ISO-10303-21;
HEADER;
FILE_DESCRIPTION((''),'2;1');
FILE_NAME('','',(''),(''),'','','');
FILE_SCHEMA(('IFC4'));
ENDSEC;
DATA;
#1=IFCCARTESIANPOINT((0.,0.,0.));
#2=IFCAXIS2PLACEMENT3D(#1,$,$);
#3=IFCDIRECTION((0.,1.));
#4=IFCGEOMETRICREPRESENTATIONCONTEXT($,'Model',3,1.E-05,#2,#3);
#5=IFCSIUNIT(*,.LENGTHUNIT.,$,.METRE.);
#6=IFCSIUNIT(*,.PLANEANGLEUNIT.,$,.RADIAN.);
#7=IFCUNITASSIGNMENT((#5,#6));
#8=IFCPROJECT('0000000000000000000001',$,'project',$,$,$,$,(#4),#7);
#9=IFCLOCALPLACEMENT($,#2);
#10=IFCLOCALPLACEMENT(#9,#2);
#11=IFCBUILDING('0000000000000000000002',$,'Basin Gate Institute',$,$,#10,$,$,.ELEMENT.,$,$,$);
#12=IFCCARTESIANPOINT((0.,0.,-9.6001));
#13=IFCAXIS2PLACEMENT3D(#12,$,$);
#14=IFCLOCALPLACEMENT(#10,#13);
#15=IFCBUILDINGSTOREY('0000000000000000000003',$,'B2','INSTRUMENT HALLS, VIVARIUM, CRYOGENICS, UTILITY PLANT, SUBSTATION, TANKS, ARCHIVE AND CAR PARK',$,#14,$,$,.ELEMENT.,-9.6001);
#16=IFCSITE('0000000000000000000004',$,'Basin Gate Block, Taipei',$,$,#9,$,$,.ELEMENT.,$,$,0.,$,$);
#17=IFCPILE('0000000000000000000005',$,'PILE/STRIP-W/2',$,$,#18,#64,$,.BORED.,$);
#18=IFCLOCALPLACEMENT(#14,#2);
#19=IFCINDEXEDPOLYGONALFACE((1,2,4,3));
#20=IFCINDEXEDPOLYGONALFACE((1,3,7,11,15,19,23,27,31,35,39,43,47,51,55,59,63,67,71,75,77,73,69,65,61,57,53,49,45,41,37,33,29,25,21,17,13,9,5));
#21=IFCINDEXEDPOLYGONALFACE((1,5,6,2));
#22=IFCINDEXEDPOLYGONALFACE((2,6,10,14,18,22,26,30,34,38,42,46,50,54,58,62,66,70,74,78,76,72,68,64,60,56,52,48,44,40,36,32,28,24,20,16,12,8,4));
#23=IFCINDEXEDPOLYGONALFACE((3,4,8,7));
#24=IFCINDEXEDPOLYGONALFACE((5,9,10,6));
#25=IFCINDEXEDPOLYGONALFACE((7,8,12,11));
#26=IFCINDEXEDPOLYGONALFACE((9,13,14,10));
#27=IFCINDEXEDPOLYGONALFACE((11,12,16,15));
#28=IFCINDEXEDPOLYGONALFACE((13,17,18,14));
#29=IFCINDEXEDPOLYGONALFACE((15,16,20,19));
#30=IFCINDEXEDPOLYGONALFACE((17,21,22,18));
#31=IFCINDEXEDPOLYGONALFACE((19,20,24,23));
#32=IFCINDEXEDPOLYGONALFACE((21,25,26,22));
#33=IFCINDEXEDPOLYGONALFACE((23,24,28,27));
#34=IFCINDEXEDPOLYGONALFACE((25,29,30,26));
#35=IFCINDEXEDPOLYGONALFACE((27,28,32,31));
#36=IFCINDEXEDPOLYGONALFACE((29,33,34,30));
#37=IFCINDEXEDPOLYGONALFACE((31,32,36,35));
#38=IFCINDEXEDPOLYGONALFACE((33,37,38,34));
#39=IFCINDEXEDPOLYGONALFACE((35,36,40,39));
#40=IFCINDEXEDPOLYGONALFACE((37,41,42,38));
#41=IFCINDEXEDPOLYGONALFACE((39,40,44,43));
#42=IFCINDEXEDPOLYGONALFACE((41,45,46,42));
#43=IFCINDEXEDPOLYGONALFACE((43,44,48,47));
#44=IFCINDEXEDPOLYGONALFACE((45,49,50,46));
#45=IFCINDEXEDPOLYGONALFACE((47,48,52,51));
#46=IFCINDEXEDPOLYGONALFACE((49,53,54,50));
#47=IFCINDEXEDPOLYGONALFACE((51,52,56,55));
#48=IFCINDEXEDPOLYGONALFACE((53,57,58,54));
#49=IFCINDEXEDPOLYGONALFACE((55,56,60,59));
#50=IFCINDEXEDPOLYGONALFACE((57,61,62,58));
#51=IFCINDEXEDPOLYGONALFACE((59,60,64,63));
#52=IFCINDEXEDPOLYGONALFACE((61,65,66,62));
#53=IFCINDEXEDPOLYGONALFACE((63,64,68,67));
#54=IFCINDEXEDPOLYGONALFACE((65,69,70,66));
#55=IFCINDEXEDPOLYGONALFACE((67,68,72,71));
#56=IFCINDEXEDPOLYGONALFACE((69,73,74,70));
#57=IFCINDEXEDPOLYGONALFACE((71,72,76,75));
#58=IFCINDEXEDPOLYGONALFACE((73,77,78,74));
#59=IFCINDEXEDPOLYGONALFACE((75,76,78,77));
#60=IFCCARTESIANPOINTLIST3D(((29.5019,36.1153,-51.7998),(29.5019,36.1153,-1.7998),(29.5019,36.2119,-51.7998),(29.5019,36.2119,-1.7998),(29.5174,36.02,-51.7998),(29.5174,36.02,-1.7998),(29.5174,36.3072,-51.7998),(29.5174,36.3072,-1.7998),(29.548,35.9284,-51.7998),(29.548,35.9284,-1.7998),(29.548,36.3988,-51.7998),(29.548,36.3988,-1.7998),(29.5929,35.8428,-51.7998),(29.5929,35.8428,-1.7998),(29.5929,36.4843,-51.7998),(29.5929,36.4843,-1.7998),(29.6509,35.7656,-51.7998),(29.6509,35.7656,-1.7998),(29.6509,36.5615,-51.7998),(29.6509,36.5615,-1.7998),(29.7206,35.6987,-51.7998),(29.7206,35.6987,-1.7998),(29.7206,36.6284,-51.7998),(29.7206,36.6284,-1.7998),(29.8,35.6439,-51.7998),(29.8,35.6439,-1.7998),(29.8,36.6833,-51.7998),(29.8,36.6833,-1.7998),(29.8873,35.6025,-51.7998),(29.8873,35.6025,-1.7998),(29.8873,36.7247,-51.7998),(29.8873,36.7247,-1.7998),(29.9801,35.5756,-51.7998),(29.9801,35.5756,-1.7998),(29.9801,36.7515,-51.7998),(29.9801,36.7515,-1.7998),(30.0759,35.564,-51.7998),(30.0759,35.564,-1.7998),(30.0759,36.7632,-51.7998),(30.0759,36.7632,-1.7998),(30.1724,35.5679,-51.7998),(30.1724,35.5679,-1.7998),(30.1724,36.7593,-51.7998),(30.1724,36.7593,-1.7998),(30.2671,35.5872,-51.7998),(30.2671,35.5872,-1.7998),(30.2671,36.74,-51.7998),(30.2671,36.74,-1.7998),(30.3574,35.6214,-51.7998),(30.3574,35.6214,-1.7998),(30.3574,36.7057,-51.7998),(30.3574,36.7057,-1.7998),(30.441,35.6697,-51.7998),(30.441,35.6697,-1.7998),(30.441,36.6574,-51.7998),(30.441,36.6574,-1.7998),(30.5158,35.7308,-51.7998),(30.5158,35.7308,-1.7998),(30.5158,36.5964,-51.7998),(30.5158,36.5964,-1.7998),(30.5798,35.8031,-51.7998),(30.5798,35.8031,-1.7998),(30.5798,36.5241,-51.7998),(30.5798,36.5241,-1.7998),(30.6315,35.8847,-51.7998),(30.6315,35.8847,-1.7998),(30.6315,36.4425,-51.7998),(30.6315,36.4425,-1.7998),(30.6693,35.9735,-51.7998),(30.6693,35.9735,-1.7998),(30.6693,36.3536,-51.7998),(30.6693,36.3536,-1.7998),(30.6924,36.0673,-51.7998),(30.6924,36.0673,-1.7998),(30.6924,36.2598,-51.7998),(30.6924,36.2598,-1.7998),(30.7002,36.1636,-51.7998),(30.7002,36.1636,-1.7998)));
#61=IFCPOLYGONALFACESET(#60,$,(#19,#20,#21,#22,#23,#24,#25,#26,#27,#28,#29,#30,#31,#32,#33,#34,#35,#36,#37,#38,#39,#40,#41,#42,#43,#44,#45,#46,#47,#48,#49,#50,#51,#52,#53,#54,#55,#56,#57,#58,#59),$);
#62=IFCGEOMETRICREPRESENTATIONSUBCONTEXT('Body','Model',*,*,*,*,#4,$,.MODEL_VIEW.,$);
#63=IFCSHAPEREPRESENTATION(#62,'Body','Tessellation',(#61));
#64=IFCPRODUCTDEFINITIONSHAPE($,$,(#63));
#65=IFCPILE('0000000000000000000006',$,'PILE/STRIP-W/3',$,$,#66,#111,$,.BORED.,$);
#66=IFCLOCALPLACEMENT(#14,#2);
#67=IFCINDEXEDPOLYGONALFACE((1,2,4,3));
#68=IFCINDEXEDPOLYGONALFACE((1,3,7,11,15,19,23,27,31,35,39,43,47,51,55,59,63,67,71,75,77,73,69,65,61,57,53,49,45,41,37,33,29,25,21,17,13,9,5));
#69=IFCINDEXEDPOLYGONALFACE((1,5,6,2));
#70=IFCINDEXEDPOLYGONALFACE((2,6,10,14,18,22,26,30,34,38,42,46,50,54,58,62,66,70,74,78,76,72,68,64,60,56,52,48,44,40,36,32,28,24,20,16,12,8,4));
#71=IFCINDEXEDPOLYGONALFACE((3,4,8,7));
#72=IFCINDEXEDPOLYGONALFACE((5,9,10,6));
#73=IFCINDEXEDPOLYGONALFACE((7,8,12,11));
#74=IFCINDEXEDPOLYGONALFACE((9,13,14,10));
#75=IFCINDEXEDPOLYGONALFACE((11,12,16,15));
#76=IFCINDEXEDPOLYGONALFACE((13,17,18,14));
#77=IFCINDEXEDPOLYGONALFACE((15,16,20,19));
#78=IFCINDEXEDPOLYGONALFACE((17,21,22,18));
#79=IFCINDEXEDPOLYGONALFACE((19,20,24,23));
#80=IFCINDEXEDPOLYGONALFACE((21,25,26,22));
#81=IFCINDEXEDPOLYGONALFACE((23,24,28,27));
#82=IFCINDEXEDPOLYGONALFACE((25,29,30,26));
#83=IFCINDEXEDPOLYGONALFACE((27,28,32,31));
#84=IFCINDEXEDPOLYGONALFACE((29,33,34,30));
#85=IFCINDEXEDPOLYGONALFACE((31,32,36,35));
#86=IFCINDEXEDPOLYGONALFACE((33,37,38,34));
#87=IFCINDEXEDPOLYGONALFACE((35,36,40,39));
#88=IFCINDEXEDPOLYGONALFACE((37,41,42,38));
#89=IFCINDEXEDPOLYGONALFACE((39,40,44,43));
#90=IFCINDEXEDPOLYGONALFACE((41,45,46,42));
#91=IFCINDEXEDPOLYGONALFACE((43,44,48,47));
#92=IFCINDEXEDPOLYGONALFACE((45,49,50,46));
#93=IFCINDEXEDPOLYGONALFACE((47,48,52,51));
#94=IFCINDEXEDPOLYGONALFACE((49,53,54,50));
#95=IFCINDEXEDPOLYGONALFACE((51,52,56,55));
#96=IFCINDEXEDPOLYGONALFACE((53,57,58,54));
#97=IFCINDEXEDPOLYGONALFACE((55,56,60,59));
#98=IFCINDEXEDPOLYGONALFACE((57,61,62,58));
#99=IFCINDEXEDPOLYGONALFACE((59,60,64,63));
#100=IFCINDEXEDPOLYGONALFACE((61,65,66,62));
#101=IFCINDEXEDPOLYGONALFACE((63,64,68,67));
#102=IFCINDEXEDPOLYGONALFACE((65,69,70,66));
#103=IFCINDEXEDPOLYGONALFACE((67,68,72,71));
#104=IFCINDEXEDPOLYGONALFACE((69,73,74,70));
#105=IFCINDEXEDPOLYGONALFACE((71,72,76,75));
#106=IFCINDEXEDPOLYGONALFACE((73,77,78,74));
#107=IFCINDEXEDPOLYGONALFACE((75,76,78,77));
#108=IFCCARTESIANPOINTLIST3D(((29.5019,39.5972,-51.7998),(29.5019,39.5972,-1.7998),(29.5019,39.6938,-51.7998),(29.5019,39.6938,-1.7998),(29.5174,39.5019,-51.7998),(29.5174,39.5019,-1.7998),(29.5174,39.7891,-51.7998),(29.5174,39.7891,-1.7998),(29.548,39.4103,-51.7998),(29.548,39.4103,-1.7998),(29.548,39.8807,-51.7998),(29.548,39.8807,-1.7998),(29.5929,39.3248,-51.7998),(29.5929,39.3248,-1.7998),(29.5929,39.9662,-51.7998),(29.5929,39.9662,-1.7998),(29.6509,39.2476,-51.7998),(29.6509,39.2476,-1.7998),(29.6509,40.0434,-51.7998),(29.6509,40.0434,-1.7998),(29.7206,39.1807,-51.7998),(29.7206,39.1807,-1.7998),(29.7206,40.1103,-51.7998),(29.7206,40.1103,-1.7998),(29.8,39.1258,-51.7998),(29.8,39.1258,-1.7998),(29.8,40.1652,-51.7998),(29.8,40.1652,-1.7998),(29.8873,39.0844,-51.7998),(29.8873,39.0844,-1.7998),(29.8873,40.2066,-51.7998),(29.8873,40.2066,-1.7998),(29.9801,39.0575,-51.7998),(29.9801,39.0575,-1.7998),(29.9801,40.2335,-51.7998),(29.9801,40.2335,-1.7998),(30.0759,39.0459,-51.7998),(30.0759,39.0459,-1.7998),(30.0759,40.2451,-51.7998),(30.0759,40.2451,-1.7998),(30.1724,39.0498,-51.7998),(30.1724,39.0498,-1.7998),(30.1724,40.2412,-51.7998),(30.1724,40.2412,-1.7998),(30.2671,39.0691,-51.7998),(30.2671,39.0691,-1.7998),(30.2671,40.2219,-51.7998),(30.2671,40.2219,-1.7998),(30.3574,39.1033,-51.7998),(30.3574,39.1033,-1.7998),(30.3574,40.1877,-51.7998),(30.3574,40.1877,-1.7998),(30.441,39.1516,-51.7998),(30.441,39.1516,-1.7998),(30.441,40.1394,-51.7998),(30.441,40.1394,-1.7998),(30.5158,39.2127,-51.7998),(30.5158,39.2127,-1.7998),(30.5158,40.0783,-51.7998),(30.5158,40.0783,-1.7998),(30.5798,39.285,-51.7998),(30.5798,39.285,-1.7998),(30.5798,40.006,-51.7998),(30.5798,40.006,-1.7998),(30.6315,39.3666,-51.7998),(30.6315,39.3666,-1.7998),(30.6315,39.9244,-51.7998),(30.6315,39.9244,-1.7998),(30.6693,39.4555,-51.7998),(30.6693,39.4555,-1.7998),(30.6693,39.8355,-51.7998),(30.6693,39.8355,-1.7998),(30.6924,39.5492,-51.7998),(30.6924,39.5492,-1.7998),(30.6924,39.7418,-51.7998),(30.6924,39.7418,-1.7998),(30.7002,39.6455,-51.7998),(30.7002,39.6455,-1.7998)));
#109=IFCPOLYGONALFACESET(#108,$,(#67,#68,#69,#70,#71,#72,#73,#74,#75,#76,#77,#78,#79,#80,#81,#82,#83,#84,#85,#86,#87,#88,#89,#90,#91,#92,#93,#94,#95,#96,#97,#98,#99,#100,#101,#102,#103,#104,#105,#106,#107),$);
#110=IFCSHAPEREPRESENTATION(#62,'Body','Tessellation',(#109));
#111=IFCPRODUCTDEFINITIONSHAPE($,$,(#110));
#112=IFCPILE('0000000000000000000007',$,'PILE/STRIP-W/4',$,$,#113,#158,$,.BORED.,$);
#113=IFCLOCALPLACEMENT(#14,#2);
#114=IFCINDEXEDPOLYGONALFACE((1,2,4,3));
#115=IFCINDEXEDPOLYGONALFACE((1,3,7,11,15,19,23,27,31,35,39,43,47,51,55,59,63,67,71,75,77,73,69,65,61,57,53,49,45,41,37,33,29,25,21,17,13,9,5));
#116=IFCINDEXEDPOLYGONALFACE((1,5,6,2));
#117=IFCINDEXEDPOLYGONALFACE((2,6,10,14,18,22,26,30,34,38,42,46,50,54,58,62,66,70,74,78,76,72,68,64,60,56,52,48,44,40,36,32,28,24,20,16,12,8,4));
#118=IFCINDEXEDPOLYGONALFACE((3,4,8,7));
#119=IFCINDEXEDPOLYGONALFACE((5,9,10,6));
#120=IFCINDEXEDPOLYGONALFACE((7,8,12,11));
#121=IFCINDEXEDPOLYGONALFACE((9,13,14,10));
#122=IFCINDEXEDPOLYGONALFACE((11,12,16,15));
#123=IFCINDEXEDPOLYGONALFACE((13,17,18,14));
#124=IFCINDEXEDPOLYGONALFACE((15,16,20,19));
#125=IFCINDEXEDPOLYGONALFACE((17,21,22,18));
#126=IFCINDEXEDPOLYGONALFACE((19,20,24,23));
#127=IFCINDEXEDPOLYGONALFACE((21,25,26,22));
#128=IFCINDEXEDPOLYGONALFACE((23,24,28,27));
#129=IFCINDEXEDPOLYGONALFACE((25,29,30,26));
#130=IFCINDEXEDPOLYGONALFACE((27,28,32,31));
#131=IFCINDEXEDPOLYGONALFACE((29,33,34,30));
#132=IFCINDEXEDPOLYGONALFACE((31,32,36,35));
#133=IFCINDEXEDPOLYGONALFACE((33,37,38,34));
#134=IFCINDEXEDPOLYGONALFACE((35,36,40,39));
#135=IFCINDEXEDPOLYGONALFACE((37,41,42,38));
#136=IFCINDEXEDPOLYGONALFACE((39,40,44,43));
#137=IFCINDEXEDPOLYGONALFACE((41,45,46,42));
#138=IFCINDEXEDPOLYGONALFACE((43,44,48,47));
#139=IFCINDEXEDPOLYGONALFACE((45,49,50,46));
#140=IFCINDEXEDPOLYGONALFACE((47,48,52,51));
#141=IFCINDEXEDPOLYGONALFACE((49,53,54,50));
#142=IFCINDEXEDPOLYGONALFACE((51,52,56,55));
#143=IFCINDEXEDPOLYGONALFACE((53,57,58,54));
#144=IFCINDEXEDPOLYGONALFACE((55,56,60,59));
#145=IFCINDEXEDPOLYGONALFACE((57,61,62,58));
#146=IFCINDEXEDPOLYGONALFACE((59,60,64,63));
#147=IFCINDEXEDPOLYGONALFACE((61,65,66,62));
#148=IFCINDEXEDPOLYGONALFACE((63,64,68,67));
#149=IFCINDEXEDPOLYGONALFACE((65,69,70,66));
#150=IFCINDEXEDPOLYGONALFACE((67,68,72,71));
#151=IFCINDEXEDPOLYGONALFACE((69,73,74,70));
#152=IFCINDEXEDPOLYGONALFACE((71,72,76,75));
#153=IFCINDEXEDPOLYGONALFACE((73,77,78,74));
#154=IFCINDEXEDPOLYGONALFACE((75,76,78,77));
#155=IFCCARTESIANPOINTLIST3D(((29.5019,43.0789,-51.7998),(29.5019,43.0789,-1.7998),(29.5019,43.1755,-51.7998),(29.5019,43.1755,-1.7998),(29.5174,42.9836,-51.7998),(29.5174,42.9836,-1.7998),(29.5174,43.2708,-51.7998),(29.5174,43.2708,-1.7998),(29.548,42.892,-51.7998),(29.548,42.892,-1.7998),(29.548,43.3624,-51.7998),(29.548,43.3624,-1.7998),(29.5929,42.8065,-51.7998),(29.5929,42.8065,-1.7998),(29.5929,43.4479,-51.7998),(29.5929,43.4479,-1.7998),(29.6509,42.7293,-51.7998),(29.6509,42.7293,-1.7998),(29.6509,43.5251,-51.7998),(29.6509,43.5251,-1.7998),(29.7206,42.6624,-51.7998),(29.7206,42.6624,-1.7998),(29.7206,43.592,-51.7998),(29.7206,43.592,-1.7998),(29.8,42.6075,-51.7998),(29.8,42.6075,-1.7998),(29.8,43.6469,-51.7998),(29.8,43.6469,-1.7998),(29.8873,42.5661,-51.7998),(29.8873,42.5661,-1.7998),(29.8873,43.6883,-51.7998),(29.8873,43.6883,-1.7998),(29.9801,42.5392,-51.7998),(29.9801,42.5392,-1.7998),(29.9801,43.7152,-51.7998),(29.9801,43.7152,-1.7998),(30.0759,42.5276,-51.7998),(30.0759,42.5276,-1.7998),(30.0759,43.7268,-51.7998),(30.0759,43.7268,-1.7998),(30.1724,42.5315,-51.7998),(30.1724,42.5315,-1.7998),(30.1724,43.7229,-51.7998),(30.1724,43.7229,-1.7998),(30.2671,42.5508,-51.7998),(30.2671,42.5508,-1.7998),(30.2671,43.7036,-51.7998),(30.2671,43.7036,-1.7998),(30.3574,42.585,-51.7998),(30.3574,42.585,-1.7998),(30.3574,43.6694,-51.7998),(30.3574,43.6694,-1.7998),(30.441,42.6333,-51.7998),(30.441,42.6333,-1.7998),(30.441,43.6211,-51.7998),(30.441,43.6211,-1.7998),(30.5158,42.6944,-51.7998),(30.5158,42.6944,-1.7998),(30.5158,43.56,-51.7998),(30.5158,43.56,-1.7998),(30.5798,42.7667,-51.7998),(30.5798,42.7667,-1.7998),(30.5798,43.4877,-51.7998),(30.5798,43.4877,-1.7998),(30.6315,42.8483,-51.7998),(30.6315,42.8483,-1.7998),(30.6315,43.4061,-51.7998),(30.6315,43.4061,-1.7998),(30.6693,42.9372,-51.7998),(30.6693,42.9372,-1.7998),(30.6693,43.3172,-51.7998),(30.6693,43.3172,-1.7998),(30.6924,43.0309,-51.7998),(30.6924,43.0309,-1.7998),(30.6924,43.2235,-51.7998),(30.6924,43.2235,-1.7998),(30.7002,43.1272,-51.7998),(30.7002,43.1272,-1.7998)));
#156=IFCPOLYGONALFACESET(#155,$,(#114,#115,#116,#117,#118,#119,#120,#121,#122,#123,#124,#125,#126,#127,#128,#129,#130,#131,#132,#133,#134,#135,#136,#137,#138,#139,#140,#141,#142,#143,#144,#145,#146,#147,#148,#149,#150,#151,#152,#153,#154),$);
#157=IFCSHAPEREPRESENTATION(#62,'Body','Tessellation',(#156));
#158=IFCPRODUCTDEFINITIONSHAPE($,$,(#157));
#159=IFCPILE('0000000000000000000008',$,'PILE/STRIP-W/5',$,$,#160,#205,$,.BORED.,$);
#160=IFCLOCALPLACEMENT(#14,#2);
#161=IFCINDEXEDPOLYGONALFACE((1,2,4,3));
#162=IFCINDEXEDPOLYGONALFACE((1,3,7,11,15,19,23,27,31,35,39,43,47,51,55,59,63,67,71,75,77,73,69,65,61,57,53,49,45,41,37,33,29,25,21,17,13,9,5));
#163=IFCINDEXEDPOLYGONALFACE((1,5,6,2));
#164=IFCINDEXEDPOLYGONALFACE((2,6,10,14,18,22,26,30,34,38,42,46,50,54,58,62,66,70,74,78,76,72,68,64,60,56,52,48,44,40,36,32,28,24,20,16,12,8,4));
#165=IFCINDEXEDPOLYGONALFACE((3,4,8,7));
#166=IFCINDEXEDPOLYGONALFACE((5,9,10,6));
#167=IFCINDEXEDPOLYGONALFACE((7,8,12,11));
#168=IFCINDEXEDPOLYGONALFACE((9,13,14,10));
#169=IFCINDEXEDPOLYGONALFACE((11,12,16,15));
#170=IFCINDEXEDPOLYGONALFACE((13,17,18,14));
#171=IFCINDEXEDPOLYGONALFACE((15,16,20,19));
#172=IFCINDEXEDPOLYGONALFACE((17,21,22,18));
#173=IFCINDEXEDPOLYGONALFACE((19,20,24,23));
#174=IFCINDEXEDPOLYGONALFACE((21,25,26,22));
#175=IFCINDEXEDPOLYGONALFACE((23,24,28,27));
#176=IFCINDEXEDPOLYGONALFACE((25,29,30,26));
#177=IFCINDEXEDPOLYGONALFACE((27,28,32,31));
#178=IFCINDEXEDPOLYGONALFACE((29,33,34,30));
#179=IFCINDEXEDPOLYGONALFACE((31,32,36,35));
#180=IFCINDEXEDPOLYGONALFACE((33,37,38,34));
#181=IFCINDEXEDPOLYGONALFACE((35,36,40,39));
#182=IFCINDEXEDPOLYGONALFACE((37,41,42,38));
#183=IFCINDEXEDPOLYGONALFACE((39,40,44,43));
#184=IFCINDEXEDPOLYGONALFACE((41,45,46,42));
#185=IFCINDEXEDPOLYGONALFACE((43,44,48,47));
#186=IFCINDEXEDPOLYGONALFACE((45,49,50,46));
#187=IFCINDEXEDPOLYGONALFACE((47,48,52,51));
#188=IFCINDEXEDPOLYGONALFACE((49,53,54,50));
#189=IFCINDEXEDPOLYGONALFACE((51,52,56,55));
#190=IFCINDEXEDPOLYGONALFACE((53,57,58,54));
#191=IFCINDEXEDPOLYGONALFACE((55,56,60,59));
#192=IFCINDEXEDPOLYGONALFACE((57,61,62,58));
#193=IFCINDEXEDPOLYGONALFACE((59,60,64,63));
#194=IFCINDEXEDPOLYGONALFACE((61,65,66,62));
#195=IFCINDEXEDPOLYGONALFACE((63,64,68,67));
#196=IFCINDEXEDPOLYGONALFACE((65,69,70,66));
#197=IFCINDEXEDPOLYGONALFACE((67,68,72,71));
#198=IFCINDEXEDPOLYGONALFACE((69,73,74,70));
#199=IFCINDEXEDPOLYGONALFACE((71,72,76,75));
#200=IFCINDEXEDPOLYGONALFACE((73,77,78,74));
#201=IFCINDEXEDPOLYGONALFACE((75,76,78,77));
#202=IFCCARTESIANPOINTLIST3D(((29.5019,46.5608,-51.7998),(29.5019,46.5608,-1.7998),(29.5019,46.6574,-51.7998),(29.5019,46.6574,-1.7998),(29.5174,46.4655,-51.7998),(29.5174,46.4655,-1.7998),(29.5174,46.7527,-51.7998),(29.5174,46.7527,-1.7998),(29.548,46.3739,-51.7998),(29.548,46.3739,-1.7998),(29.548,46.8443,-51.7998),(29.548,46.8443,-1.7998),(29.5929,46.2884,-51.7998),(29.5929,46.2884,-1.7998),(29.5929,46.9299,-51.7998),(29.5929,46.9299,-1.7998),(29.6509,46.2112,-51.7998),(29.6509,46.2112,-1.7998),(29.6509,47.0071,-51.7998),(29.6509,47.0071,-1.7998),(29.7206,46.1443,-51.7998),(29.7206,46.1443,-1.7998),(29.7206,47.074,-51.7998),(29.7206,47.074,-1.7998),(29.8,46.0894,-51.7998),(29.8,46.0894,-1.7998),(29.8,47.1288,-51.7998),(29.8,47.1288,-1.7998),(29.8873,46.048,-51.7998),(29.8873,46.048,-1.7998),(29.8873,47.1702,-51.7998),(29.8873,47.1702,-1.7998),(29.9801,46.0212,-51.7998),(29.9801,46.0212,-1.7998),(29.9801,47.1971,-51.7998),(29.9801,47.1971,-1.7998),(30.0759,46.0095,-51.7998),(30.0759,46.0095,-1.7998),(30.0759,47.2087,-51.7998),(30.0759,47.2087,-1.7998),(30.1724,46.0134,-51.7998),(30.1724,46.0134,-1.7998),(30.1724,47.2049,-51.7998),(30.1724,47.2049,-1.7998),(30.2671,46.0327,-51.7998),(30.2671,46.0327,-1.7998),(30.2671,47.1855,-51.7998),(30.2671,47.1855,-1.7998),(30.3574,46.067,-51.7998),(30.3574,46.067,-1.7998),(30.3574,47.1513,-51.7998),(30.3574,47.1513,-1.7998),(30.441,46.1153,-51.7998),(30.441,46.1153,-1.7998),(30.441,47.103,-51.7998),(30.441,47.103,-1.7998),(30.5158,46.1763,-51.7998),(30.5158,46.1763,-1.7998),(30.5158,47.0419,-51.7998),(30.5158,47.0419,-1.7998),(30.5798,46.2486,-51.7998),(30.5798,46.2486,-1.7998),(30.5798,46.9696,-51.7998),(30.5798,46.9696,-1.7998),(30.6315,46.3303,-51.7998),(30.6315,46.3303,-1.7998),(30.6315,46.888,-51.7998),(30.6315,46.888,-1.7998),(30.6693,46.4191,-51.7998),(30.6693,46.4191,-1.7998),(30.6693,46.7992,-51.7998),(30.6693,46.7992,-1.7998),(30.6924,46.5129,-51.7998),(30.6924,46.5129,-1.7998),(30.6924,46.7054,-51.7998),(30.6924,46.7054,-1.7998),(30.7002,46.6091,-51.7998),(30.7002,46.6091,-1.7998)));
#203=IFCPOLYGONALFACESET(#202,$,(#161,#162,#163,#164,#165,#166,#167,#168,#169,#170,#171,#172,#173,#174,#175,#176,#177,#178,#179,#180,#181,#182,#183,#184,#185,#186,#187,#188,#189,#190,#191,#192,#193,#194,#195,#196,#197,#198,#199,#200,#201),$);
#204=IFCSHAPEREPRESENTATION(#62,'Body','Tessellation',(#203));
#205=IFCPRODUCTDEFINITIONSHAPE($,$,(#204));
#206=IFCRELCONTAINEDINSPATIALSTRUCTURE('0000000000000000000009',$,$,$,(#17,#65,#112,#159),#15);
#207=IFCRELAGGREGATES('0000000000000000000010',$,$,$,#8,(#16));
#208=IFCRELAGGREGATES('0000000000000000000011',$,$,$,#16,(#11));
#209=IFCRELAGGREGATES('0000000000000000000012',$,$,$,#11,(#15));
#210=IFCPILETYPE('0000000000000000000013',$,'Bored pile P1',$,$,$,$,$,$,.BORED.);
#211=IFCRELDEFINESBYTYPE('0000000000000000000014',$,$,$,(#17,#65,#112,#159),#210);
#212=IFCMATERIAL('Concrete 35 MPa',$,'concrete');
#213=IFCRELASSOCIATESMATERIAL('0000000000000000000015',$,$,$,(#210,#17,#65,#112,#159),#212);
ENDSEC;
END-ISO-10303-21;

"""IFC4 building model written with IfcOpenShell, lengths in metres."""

from ifc_helpers import new_model, si_unit, direction, frame, origin, origin_2d, place, context, subcontext, project, spatial, circle, extrude, material, material_profile, profile_set, type_object, element, save


model = new_model("IFC4")

# Units and contexts
model_context = context("Model", 3, precision=1e-05, world=origin(), true_north=direction((0.0, 1.0)))
body_context = subcontext(model_context, "Body", "Model", "MODEL_VIEW")
ifc_project = project(units=[si_unit("LENGTHUNIT", "METRE"), si_unit("PLANEANGLEUNIT", "RADIAN")], contexts=[model_context])

# Site, building, storey
site_placement = place(None, origin())
site = spatial("IfcSite", under=ifc_project, at=site_placement, Name="Basin Gate Block, Taipei", CompositionType="ELEMENT", RefElevation=0.0)
building_placement = place(site_placement, origin())
building = spatial("IfcBuilding", under=site, at=building_placement, Name="Basin Gate Institute", CompositionType="ELEMENT")
storey_placement = place(building_placement, frame((0.0, 0.0, -9.6001)))
storey = spatial("IfcBuildingStorey", under=building, at=storey_placement, Name="B2", Description="INSTRUMENT HALLS, VIVARIUM, CRYOGENICS, UTILITY PLANT, SUBSTATION, TANKS, ARCHIVE AND CAR PARK", CompositionType="ELEMENT", Elevation=-9.6001)

# Piles
ifc_material_1 = material(Name="Concrete 35 MPa", Category="concrete")
ifc_material_profile = material_profile(ifc_material_1, circle(Radius=0.6001, at=origin_2d()), Name="Bored pile P1 1200 dia")
ifc_profile_set = profile_set([ifc_material_profile], Name="Concrete 35 MPa")
pile_type = type_object("IfcPileType", Name="Bored pile P1", PredefinedType="BORED", material=ifc_profile_set)
for number, where, z_axis, x_axis, name in (
    (1, (30.1001, 36.1636, -1.7998), (0.0, 0.0, -1.0), (1.0, 0.0, 0.0), "PILE/STRIP-W/2"),
    (2, (30.1001, 39.6455, -1.7998), (0.0, 0.0, -1.0), (1.0, 0.0, 0.0), "PILE/STRIP-W/3"),
    (3, (30.1001, 43.1272, -1.7998), (0.0, 0.0, -1.0), (1.0, 0.0, 0.0), "PILE/STRIP-W/4"),
    (4, (30.1001, 46.6091, -1.7998), (0.0, 0.0, -1.0), (1.0, 0.0, 0.0), "PILE/STRIP-W/5"),
):
    element("IfcPile", number, at=place(storey_placement, frame(where, z_axis=z_axis, x_axis=x_axis)), inside=storey, type_object=pile_type, material=ifc_profile_set, Name=name, PredefinedType="BORED", context=body_context, shape_type="SweptSolid", body=[
        extrude(circle(Radius=0.6001, at=origin_2d()), origin(), (0.0, 0.0, 1.0), 50.0),
    ])

save(model, "model.ifc")
